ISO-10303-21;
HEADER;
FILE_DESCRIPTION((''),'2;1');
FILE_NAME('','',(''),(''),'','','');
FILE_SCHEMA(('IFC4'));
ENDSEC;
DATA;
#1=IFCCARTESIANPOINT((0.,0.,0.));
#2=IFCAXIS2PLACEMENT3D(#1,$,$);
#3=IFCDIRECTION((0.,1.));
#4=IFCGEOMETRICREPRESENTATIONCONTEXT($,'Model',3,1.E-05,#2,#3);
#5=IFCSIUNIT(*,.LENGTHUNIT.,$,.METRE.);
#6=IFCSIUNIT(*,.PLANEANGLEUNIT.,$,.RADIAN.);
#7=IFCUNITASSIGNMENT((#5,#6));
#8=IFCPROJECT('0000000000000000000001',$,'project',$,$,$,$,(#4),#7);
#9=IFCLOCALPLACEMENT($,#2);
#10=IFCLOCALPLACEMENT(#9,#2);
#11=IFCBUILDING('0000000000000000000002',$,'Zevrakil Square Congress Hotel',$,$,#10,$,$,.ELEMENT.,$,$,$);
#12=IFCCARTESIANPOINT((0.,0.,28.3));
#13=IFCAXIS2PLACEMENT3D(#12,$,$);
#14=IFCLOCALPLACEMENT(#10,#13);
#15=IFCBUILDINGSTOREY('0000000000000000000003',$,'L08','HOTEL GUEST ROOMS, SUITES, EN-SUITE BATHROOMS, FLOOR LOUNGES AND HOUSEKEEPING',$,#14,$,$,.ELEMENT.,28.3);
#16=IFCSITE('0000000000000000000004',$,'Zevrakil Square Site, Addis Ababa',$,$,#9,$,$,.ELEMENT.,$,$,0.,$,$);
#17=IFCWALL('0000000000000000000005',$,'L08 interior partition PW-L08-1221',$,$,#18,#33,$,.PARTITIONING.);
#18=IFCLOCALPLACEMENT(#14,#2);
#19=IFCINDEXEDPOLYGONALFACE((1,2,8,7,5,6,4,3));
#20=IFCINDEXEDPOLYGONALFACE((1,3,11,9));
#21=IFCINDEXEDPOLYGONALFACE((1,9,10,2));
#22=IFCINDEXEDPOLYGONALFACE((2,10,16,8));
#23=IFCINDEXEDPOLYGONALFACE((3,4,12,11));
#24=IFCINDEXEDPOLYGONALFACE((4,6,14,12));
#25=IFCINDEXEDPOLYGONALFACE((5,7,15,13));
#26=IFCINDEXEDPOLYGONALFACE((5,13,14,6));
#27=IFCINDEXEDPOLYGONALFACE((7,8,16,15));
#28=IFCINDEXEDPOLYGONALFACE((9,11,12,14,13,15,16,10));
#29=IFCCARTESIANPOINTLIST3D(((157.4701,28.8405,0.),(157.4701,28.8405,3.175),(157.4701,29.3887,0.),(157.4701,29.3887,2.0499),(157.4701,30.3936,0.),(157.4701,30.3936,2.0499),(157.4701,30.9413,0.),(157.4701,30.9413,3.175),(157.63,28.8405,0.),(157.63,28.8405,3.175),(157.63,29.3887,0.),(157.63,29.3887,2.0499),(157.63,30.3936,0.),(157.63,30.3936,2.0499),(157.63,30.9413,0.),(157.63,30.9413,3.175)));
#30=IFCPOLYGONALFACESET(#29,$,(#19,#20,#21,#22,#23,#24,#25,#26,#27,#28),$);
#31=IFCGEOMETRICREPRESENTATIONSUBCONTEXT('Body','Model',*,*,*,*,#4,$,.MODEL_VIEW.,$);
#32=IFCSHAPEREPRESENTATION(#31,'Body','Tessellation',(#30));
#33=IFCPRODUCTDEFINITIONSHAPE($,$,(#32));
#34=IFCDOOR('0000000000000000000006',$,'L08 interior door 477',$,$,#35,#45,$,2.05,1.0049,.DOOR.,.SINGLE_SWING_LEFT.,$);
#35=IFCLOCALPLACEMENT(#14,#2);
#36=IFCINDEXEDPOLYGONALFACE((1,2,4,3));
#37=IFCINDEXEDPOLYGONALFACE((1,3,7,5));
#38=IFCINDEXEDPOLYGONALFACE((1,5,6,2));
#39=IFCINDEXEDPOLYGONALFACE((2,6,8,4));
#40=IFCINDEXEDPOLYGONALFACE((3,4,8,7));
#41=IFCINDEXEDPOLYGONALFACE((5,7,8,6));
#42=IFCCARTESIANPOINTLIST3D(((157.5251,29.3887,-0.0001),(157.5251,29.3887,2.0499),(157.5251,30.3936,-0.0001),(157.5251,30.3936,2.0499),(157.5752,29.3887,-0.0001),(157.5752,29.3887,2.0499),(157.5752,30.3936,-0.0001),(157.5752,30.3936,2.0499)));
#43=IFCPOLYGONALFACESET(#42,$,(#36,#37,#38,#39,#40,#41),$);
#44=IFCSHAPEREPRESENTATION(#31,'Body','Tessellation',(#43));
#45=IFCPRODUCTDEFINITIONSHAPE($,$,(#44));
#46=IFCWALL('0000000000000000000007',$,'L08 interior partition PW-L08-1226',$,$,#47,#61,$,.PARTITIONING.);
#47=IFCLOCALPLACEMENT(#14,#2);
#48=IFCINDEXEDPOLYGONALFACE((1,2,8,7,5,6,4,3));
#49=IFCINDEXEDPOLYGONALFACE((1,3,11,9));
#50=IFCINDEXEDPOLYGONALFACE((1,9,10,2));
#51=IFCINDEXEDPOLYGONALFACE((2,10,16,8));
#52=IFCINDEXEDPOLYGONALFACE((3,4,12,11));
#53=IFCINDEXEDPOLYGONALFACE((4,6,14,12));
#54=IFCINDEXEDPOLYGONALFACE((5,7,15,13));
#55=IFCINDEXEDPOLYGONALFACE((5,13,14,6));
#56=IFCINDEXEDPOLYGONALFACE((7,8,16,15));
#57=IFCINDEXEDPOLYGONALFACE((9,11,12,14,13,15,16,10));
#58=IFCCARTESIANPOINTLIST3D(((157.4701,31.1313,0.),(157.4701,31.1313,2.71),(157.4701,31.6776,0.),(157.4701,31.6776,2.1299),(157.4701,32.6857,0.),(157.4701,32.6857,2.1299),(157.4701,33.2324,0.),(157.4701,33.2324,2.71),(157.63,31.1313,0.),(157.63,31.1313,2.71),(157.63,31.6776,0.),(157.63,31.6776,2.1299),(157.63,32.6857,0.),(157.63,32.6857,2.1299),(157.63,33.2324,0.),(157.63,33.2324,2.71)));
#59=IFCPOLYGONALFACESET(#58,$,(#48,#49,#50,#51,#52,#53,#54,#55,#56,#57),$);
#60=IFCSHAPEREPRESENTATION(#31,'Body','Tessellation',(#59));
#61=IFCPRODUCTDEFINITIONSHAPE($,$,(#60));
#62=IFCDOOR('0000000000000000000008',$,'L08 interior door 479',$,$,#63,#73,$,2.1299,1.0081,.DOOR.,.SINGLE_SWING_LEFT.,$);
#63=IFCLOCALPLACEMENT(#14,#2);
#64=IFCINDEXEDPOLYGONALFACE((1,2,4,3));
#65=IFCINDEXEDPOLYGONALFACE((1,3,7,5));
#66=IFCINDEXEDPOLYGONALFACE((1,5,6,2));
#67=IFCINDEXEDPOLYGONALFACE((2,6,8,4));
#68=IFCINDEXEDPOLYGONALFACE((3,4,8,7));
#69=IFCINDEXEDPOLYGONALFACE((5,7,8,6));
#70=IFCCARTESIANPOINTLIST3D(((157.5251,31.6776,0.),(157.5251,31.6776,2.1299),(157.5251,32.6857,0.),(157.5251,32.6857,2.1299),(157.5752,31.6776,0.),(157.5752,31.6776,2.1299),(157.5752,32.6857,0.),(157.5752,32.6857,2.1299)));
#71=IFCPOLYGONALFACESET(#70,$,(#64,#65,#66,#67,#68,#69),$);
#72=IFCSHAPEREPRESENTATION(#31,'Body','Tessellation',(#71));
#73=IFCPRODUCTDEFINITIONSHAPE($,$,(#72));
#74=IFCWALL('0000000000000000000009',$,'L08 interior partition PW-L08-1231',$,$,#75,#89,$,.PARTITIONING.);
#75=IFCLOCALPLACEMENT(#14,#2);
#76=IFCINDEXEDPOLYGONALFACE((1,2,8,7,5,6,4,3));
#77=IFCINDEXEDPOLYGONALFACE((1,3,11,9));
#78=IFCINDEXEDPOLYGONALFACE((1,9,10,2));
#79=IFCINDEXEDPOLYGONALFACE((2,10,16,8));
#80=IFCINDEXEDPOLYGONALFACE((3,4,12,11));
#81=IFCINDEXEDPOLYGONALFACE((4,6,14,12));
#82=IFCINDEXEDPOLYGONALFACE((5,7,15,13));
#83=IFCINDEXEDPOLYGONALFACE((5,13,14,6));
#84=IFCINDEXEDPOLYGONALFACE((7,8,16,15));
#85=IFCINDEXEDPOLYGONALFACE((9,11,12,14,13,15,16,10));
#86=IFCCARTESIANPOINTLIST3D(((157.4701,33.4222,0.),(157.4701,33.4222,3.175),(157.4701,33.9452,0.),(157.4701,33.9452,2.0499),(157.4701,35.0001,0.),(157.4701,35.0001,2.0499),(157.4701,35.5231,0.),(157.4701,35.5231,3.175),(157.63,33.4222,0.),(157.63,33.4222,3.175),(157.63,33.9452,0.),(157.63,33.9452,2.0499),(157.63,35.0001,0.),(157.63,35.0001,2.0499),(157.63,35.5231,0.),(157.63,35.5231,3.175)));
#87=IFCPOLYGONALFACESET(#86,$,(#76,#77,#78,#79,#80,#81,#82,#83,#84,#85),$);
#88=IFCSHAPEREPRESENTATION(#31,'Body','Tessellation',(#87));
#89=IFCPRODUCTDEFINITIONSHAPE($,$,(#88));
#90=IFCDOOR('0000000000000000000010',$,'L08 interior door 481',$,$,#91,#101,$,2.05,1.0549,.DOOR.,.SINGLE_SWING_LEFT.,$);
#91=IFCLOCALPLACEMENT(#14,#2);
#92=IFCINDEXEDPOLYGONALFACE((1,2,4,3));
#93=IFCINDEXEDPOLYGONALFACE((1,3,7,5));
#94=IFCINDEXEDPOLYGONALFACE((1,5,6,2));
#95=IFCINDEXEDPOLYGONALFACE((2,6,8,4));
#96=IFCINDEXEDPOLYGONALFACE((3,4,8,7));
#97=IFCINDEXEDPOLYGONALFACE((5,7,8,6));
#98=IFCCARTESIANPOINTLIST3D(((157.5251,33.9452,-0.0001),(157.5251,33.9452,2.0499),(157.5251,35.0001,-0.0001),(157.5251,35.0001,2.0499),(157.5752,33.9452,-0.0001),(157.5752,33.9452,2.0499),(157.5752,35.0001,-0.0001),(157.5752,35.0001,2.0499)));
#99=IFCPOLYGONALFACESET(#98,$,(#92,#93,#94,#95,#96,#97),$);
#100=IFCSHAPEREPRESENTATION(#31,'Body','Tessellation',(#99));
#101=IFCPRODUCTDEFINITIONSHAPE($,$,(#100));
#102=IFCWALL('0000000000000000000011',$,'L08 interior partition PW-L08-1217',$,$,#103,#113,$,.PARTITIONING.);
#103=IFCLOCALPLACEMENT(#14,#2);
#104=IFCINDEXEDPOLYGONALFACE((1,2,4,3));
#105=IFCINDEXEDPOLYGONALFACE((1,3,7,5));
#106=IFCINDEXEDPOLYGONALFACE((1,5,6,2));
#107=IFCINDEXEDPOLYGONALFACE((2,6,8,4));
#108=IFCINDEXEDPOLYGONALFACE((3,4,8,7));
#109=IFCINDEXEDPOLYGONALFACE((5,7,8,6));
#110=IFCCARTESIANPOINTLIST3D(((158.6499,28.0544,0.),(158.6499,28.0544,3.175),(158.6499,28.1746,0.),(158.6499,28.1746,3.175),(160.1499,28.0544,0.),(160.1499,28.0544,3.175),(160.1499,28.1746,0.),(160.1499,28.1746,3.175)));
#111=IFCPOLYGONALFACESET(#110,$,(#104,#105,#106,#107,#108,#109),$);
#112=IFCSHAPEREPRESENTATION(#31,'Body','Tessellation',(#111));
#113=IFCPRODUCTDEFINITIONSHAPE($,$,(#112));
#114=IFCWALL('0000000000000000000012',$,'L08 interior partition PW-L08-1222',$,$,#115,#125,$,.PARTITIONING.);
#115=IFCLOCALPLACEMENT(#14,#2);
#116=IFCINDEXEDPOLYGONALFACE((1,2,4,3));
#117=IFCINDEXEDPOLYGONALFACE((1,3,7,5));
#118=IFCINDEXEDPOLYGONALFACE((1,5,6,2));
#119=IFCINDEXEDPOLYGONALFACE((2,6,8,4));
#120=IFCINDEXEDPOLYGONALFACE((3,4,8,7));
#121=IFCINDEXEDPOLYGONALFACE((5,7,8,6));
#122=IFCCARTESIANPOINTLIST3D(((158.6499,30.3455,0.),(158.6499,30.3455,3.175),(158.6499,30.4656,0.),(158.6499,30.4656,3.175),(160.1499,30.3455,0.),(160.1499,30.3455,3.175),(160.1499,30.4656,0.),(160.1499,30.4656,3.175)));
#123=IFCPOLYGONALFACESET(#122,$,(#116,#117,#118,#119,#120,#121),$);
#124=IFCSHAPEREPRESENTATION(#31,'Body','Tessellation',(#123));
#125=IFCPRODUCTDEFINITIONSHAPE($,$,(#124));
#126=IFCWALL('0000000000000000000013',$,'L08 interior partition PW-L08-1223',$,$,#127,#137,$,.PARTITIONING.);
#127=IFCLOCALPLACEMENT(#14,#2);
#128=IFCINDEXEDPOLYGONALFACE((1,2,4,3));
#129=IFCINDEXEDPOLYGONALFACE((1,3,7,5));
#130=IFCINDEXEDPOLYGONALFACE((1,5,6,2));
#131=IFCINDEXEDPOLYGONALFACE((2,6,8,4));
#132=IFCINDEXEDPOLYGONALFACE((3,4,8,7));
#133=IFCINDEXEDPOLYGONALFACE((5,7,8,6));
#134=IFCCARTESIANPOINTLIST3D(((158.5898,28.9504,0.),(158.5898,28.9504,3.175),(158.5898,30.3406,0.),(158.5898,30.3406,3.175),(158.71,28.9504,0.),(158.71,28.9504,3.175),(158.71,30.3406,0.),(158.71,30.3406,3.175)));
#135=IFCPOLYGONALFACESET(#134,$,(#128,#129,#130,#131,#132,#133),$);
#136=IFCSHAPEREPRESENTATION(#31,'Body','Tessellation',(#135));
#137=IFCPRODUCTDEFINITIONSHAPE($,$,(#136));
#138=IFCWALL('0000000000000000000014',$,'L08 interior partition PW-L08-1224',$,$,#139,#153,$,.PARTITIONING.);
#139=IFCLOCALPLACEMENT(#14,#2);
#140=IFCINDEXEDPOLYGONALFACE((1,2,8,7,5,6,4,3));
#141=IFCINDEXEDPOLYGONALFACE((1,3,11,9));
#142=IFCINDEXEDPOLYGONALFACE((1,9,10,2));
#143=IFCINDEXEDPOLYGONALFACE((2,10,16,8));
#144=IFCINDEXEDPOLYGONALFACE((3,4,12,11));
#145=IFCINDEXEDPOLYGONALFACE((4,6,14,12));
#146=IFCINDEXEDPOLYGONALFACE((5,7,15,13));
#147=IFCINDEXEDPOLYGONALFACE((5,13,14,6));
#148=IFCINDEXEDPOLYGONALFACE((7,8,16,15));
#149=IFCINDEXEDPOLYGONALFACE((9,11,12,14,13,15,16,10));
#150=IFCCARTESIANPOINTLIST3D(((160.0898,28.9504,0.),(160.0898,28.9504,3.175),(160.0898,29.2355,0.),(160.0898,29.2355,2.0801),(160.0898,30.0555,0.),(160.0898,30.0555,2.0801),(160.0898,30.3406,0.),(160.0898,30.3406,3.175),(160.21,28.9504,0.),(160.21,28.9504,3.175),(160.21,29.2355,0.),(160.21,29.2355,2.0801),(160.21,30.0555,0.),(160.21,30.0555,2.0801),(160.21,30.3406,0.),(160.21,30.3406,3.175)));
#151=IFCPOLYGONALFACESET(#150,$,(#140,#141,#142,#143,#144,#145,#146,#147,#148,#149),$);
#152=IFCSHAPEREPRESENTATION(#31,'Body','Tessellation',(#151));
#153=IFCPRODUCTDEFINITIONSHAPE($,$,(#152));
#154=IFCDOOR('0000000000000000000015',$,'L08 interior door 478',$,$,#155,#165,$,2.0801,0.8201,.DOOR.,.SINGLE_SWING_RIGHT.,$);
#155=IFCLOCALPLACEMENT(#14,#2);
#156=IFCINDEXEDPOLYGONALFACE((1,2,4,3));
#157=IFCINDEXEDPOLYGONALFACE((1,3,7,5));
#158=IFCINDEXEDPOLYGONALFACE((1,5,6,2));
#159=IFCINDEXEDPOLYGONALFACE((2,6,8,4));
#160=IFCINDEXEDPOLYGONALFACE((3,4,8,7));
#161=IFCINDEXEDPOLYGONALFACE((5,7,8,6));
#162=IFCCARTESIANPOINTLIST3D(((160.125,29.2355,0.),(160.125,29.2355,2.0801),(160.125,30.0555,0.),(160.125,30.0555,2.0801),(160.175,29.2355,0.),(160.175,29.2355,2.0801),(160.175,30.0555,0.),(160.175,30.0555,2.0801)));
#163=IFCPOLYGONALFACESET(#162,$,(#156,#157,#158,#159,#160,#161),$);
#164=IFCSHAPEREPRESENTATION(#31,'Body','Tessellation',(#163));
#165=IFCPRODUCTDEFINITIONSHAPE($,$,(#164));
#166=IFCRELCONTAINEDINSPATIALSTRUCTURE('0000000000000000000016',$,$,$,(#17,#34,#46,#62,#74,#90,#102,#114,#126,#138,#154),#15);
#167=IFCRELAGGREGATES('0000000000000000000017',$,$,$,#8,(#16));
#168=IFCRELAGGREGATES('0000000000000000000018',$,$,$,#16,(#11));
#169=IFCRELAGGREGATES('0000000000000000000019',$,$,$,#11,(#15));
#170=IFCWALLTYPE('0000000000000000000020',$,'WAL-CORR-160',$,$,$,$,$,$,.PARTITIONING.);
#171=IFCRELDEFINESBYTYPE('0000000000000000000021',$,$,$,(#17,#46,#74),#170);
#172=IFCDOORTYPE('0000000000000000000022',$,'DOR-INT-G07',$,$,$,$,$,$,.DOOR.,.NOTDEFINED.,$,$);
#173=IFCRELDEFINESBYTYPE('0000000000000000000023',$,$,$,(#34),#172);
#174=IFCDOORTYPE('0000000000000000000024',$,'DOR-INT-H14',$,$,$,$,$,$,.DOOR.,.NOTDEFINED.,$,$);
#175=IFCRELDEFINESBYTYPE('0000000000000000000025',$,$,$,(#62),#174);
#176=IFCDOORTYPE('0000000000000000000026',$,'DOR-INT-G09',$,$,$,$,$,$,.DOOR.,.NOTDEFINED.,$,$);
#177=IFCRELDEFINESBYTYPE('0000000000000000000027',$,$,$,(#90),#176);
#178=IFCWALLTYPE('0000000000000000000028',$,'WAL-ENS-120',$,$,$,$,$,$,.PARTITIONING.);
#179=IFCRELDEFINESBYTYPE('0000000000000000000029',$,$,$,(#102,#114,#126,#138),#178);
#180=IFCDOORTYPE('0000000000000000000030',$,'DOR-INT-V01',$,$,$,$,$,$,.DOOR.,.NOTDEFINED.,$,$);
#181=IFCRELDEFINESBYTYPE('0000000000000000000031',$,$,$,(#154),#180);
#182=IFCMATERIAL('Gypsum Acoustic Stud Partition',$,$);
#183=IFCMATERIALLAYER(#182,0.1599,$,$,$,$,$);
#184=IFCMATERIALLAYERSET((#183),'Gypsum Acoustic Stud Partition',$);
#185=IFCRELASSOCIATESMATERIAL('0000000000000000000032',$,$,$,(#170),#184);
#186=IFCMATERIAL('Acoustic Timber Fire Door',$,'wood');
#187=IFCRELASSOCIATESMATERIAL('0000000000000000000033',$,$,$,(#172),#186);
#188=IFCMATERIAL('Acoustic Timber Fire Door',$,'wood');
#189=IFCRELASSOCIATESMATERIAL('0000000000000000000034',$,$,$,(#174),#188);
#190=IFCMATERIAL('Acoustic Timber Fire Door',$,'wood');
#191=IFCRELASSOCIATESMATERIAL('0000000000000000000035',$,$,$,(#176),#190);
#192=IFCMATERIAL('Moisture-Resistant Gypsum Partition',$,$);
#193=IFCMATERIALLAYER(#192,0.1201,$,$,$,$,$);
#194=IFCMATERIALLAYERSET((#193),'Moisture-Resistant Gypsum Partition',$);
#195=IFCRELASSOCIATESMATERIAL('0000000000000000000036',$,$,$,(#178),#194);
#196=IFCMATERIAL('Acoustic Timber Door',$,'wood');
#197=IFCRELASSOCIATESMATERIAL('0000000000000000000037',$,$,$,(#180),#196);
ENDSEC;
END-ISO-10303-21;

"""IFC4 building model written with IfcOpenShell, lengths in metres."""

from ifc_helpers import new_model, si_unit, direction, frame, frame_2d, origin, place, context, subcontext, project, spatial, rectangle, extrude, material, layer, layer_set, type_object, element, fill, save


model = new_model("IFC4")

# Units and contexts
model_context = context("Model", 3, precision=1e-05, world=origin(), true_north=direction((0.0, 1.0)))
body_context = subcontext(model_context, "Body", "Model", "MODEL_VIEW")
ifc_project = project(units=[si_unit("LENGTHUNIT", "METRE"), si_unit("PLANEANGLEUNIT", "RADIAN")], contexts=[model_context])

# Site, building, storey
site_placement = place(None, origin())
site = spatial("IfcSite", under=ifc_project, at=site_placement, Name="Zevrakil Square Site, Addis Ababa", CompositionType="ELEMENT", RefElevation=0.0)
building_placement = place(site_placement, origin())
building = spatial("IfcBuilding", under=site, at=building_placement, Name="Zevrakil Square Congress Hotel", CompositionType="ELEMENT")
storey_placement = place(building_placement, frame((0.0, 0.0, 28.3)))
storey = spatial("IfcBuildingStorey", under=building, at=storey_placement, Name="L08", Description="HOTEL GUEST ROOMS, SUITES, EN-SUITE BATHROOMS, FLOOR LOUNGES AND HOUSEKEEPING", CompositionType="ELEMENT", Elevation=28.3)

# Walls, openings, doors
ifc_material_1 = material(Name="Gypsum Acoustic Stud Partition")
ifc_layer_1 = layer(ifc_material_1, 0.1599)
ifc_layer_set_1 = layer_set([ifc_layer_1], Name="Gypsum Acoustic Stud Partition")
wall_type_1 = type_object("IfcWallType", Name="WAL-CORR-160", PredefinedType="PARTITIONING", material=ifc_layer_set_1)
wall_1_placement = place(storey_placement, frame((157.55, 28.8406, 0.0), z_axis=(0.0, 0.0, 1.0), x_axis=(0.0, 1.0, 0.0)))
wall_1 = element("IfcWall", 1, at=wall_1_placement, inside=storey, type_object=wall_type_1, Name="L08 interior partition PW-L08-1221", PredefinedType="PARTITIONING", context=body_context, shape_type="SweptSolid", body=[
    extrude(rectangle(XDim=2.1008, YDim=0.1599, at=frame_2d((1.0503, 0.0))), origin(), (0.0, 0.0, 1.0), 3.175),
])
opening_1_placement = place(wall_1_placement, frame((0.5481, 0.0, 0.0)))
opening_1 = element("IfcOpeningElement", 2, at=opening_1_placement, cuts=wall_1, PredefinedType="OPENING", context=body_context, shape_type="SweptSolid", body=[
    extrude(rectangle(XDim=1.0049, YDim=2.05, at=frame_2d((0.5024, 1.0249))), frame((0.0, 0.0898, 0.0), z_axis=(0.0, -1.0, 0.0), x_axis=(1.0, 0.0, 0.0)), (0.0, 0.0, 1.0), 0.1799),
])
ifc_material_2 = material(Name="Acoustic Timber Fire Door", Category="wood")
door_type_1 = type_object("IfcDoorType", Name="DOR-INT-G07", OperationType="NOTDEFINED", PredefinedType="DOOR", material=ifc_material_2)
door_1_placement = place(opening_1_placement, origin())
door_1 = element("IfcDoor", 3, at=door_1_placement, inside=storey, type_object=door_type_1, Name="L08 interior door 477", OperationType="SINGLE_SWING_LEFT", OverallHeight=2.05, OverallWidth=1.0049, PredefinedType="DOOR", context=body_context, shape_type="SweptSolid", body=[
    extrude(rectangle(XDim=1.0049, YDim=2.05, at=frame_2d((0.5024, 1.0249))), frame((0.0, 0.0249, 0.0), z_axis=(0.0, -1.0, 0.0), x_axis=(1.0, 0.0, 0.0)), (0.0, 0.0, 1.0), 0.05),
])
fill(opening_1, door_1)
wall_2_placement = place(storey_placement, frame((157.55, 31.1313, 0.0), z_axis=(0.0, 0.0, 1.0), x_axis=(0.0, 1.0, 0.0)))
wall_2 = element("IfcWall", 4, at=wall_2_placement, inside=storey, type_object=wall_type_1, Name="L08 interior partition PW-L08-1226", PredefinedType="PARTITIONING", context=body_context, shape_type="SweptSolid", body=[
    extrude(rectangle(XDim=2.1011, YDim=0.1599, at=frame_2d((1.0505, 0.0))), origin(), (0.0, 0.0, 1.0), 2.71),
])
opening_2_placement = place(wall_2_placement, frame((0.5464, 0.0, 0.0)))
opening_2 = element("IfcOpeningElement", 5, at=opening_2_placement, cuts=wall_2, PredefinedType="OPENING", context=body_context, shape_type="SweptSolid", body=[
    extrude(rectangle(XDim=1.0081, YDim=2.1299, at=frame_2d((0.5039, 1.0649))), frame((0.0, 0.0898, 0.0), z_axis=(0.0, -1.0, 0.0), x_axis=(1.0, 0.0, 0.0)), (0.0, 0.0, 1.0), 0.1799),
])
ifc_material_3 = material(Name="Acoustic Timber Fire Door", Category="wood")
door_type_2 = type_object("IfcDoorType", Name="DOR-INT-H14", OperationType="NOTDEFINED", PredefinedType="DOOR", material=ifc_material_3)
door_2_placement = place(opening_2_placement, origin())
door_2 = element("IfcDoor", 6, at=door_2_placement, inside=storey, type_object=door_type_2, Name="L08 interior door 479", OperationType="SINGLE_SWING_LEFT", OverallHeight=2.1299, OverallWidth=1.0081, PredefinedType="DOOR", context=body_context, shape_type="SweptSolid", body=[
    extrude(rectangle(XDim=1.0081, YDim=2.1299, at=frame_2d((0.5039, 1.0649))), frame((0.0, 0.0249, 0.0), z_axis=(0.0, -1.0, 0.0), x_axis=(1.0, 0.0, 0.0)), (0.0, 0.0, 1.0), 0.05),
])
fill(opening_2, door_2)
wall_3_placement = place(storey_placement, frame((157.55, 33.4224, 0.0), z_axis=(0.0, 0.0, 1.0), x_axis=(0.0, 1.0, 0.0)))
wall_3 = element("IfcWall", 7, at=wall_3_placement, inside=storey, type_object=wall_type_1, Name="L08 interior partition PW-L08-1231", PredefinedType="PARTITIONING", context=body_context, shape_type="SweptSolid", body=[
    extrude(rectangle(XDim=2.1008, YDim=0.1599, at=frame_2d((1.0503, 0.0))), origin(), (0.0, 0.0, 1.0), 3.175),
])
opening_3_placement = place(wall_3_placement, frame((0.5229, 0.0, 0.0)))
opening_3 = element("IfcOpeningElement", 8, at=opening_3_placement, cuts=wall_3, PredefinedType="OPENING", context=body_context, shape_type="SweptSolid", body=[
    extrude(rectangle(XDim=1.0549, YDim=2.05, at=frame_2d((0.5273, 1.0249))), frame((0.0, 0.0898, 0.0), z_axis=(0.0, -1.0, 0.0), x_axis=(1.0, 0.0, 0.0)), (0.0, 0.0, 1.0), 0.1799),
])
ifc_material_4 = material(Name="Acoustic Timber Fire Door", Category="wood")
door_type_3 = type_object("IfcDoorType", Name="DOR-INT-G09", OperationType="NOTDEFINED", PredefinedType="DOOR", material=ifc_material_4)
door_3_placement = place(opening_3_placement, origin())
door_3 = element("IfcDoor", 9, at=door_3_placement, inside=storey, type_object=door_type_3, Name="L08 interior door 481", OperationType="SINGLE_SWING_LEFT", OverallHeight=2.05, OverallWidth=1.0549, PredefinedType="DOOR", context=body_context, shape_type="SweptSolid", body=[
    extrude(rectangle(XDim=1.0549, YDim=2.05, at=frame_2d((0.5273, 1.0249))), frame((0.0, 0.0249, 0.0), z_axis=(0.0, -1.0, 0.0), x_axis=(1.0, 0.0, 0.0)), (0.0, 0.0, 1.0), 0.05),
])
fill(opening_3, door_3)

# Walls
ifc_material_5 = material(Name="Moisture-Resistant Gypsum Partition")
ifc_layer_2 = layer(ifc_material_5, 0.1201)
ifc_layer_set_2 = layer_set([ifc_layer_2], Name="Moisture-Resistant Gypsum Partition")
wall_type_2 = type_object("IfcWallType", Name="WAL-ENS-120", PredefinedType="PARTITIONING", material=ifc_layer_set_2)
for number, where, z_axis, x_axis, name in (
    (10, (158.6499, 28.1145, 0.0), (0.0, 0.0, 1.0), (1.0, 0.0, 0.0), "L08 interior partition PW-L08-1217"),
    (11, (158.6499, 30.4055, 0.0), (0.0, 0.0, 1.0), (1.0, 0.0, 0.0), "L08 interior partition PW-L08-1222"),
):
    element("IfcWall", number, at=place(storey_placement, frame(where, z_axis=z_axis, x_axis=x_axis)), inside=storey, type_object=wall_type_2, Name=name, PredefinedType="PARTITIONING", context=body_context, shape_type="SweptSolid", body=[
        extrude(rectangle(XDim=1.5, YDim=0.1201, at=frame_2d((0.75, 0.0))), origin(), (0.0, 0.0, 1.0), 3.175),
    ])
wall_4_placement = place(storey_placement, frame((158.6499, 28.9504, 0.0), z_axis=(0.0, 0.0, 1.0), x_axis=(0.0, 1.0, 0.0)))
element("IfcWall", 12, at=wall_4_placement, inside=storey, type_object=wall_type_2, Name="L08 interior partition PW-L08-1223", PredefinedType="PARTITIONING", context=body_context, shape_type="SweptSolid", body=[
    extrude(rectangle(XDim=1.3901, YDim=0.1201, at=frame_2d((0.6951, 0.0))), origin(), (0.0, 0.0, 1.0), 3.175),
])

# Wall, opening, door
wall_5_placement = place(storey_placement, frame((160.1499, 28.9504, 0.0), z_axis=(0.0, 0.0, 1.0), x_axis=(0.0, 1.0, 0.0)))
wall_5 = element("IfcWall", 13, at=wall_5_placement, inside=storey, type_object=wall_type_2, Name="L08 interior partition PW-L08-1224", PredefinedType="PARTITIONING", context=body_context, shape_type="SweptSolid", body=[
    extrude(rectangle(XDim=1.3901, YDim=0.1201, at=frame_2d((0.6951, 0.0))), origin(), (0.0, 0.0, 1.0), 3.175),
])
opening_4_placement = place(wall_5_placement, frame((0.2849, 0.0, 0.0)))
opening_4 = element("IfcOpeningElement", 14, at=opening_4_placement, cuts=wall_5, PredefinedType="OPENING", context=body_context, shape_type="SweptSolid", body=[
    extrude(rectangle(XDim=0.8201, YDim=2.0801, at=frame_2d((0.4102, 1.04))), frame((0.0, 0.0701, 0.0), z_axis=(0.0, -1.0, 0.0), x_axis=(1.0, 0.0, 0.0)), (0.0, 0.0, 1.0), 0.1401),
])
ifc_material_6 = material(Name="Acoustic Timber Door", Category="wood")
door_type_4 = type_object("IfcDoorType", Name="DOR-INT-V01", OperationType="NOTDEFINED", PredefinedType="DOOR", material=ifc_material_6)
door_4_placement = place(opening_4_placement, origin())
door_4 = element("IfcDoor", 15, at=door_4_placement, inside=storey, type_object=door_type_4, Name="L08 interior door 478", OperationType="SINGLE_SWING_RIGHT", OverallHeight=2.0801, OverallWidth=0.8201, PredefinedType="DOOR", context=body_context, shape_type="SweptSolid", body=[
    extrude(rectangle(XDim=0.8201, YDim=2.0801, at=frame_2d((0.4102, 1.04))), frame((0.0, 0.0249, 0.0), z_axis=(0.0, -1.0, 0.0), x_axis=(1.0, 0.0, 0.0)), (0.0, 0.0, 1.0), 0.05),
])
fill(opening_4, door_4)

save(model, "model.ifc")
